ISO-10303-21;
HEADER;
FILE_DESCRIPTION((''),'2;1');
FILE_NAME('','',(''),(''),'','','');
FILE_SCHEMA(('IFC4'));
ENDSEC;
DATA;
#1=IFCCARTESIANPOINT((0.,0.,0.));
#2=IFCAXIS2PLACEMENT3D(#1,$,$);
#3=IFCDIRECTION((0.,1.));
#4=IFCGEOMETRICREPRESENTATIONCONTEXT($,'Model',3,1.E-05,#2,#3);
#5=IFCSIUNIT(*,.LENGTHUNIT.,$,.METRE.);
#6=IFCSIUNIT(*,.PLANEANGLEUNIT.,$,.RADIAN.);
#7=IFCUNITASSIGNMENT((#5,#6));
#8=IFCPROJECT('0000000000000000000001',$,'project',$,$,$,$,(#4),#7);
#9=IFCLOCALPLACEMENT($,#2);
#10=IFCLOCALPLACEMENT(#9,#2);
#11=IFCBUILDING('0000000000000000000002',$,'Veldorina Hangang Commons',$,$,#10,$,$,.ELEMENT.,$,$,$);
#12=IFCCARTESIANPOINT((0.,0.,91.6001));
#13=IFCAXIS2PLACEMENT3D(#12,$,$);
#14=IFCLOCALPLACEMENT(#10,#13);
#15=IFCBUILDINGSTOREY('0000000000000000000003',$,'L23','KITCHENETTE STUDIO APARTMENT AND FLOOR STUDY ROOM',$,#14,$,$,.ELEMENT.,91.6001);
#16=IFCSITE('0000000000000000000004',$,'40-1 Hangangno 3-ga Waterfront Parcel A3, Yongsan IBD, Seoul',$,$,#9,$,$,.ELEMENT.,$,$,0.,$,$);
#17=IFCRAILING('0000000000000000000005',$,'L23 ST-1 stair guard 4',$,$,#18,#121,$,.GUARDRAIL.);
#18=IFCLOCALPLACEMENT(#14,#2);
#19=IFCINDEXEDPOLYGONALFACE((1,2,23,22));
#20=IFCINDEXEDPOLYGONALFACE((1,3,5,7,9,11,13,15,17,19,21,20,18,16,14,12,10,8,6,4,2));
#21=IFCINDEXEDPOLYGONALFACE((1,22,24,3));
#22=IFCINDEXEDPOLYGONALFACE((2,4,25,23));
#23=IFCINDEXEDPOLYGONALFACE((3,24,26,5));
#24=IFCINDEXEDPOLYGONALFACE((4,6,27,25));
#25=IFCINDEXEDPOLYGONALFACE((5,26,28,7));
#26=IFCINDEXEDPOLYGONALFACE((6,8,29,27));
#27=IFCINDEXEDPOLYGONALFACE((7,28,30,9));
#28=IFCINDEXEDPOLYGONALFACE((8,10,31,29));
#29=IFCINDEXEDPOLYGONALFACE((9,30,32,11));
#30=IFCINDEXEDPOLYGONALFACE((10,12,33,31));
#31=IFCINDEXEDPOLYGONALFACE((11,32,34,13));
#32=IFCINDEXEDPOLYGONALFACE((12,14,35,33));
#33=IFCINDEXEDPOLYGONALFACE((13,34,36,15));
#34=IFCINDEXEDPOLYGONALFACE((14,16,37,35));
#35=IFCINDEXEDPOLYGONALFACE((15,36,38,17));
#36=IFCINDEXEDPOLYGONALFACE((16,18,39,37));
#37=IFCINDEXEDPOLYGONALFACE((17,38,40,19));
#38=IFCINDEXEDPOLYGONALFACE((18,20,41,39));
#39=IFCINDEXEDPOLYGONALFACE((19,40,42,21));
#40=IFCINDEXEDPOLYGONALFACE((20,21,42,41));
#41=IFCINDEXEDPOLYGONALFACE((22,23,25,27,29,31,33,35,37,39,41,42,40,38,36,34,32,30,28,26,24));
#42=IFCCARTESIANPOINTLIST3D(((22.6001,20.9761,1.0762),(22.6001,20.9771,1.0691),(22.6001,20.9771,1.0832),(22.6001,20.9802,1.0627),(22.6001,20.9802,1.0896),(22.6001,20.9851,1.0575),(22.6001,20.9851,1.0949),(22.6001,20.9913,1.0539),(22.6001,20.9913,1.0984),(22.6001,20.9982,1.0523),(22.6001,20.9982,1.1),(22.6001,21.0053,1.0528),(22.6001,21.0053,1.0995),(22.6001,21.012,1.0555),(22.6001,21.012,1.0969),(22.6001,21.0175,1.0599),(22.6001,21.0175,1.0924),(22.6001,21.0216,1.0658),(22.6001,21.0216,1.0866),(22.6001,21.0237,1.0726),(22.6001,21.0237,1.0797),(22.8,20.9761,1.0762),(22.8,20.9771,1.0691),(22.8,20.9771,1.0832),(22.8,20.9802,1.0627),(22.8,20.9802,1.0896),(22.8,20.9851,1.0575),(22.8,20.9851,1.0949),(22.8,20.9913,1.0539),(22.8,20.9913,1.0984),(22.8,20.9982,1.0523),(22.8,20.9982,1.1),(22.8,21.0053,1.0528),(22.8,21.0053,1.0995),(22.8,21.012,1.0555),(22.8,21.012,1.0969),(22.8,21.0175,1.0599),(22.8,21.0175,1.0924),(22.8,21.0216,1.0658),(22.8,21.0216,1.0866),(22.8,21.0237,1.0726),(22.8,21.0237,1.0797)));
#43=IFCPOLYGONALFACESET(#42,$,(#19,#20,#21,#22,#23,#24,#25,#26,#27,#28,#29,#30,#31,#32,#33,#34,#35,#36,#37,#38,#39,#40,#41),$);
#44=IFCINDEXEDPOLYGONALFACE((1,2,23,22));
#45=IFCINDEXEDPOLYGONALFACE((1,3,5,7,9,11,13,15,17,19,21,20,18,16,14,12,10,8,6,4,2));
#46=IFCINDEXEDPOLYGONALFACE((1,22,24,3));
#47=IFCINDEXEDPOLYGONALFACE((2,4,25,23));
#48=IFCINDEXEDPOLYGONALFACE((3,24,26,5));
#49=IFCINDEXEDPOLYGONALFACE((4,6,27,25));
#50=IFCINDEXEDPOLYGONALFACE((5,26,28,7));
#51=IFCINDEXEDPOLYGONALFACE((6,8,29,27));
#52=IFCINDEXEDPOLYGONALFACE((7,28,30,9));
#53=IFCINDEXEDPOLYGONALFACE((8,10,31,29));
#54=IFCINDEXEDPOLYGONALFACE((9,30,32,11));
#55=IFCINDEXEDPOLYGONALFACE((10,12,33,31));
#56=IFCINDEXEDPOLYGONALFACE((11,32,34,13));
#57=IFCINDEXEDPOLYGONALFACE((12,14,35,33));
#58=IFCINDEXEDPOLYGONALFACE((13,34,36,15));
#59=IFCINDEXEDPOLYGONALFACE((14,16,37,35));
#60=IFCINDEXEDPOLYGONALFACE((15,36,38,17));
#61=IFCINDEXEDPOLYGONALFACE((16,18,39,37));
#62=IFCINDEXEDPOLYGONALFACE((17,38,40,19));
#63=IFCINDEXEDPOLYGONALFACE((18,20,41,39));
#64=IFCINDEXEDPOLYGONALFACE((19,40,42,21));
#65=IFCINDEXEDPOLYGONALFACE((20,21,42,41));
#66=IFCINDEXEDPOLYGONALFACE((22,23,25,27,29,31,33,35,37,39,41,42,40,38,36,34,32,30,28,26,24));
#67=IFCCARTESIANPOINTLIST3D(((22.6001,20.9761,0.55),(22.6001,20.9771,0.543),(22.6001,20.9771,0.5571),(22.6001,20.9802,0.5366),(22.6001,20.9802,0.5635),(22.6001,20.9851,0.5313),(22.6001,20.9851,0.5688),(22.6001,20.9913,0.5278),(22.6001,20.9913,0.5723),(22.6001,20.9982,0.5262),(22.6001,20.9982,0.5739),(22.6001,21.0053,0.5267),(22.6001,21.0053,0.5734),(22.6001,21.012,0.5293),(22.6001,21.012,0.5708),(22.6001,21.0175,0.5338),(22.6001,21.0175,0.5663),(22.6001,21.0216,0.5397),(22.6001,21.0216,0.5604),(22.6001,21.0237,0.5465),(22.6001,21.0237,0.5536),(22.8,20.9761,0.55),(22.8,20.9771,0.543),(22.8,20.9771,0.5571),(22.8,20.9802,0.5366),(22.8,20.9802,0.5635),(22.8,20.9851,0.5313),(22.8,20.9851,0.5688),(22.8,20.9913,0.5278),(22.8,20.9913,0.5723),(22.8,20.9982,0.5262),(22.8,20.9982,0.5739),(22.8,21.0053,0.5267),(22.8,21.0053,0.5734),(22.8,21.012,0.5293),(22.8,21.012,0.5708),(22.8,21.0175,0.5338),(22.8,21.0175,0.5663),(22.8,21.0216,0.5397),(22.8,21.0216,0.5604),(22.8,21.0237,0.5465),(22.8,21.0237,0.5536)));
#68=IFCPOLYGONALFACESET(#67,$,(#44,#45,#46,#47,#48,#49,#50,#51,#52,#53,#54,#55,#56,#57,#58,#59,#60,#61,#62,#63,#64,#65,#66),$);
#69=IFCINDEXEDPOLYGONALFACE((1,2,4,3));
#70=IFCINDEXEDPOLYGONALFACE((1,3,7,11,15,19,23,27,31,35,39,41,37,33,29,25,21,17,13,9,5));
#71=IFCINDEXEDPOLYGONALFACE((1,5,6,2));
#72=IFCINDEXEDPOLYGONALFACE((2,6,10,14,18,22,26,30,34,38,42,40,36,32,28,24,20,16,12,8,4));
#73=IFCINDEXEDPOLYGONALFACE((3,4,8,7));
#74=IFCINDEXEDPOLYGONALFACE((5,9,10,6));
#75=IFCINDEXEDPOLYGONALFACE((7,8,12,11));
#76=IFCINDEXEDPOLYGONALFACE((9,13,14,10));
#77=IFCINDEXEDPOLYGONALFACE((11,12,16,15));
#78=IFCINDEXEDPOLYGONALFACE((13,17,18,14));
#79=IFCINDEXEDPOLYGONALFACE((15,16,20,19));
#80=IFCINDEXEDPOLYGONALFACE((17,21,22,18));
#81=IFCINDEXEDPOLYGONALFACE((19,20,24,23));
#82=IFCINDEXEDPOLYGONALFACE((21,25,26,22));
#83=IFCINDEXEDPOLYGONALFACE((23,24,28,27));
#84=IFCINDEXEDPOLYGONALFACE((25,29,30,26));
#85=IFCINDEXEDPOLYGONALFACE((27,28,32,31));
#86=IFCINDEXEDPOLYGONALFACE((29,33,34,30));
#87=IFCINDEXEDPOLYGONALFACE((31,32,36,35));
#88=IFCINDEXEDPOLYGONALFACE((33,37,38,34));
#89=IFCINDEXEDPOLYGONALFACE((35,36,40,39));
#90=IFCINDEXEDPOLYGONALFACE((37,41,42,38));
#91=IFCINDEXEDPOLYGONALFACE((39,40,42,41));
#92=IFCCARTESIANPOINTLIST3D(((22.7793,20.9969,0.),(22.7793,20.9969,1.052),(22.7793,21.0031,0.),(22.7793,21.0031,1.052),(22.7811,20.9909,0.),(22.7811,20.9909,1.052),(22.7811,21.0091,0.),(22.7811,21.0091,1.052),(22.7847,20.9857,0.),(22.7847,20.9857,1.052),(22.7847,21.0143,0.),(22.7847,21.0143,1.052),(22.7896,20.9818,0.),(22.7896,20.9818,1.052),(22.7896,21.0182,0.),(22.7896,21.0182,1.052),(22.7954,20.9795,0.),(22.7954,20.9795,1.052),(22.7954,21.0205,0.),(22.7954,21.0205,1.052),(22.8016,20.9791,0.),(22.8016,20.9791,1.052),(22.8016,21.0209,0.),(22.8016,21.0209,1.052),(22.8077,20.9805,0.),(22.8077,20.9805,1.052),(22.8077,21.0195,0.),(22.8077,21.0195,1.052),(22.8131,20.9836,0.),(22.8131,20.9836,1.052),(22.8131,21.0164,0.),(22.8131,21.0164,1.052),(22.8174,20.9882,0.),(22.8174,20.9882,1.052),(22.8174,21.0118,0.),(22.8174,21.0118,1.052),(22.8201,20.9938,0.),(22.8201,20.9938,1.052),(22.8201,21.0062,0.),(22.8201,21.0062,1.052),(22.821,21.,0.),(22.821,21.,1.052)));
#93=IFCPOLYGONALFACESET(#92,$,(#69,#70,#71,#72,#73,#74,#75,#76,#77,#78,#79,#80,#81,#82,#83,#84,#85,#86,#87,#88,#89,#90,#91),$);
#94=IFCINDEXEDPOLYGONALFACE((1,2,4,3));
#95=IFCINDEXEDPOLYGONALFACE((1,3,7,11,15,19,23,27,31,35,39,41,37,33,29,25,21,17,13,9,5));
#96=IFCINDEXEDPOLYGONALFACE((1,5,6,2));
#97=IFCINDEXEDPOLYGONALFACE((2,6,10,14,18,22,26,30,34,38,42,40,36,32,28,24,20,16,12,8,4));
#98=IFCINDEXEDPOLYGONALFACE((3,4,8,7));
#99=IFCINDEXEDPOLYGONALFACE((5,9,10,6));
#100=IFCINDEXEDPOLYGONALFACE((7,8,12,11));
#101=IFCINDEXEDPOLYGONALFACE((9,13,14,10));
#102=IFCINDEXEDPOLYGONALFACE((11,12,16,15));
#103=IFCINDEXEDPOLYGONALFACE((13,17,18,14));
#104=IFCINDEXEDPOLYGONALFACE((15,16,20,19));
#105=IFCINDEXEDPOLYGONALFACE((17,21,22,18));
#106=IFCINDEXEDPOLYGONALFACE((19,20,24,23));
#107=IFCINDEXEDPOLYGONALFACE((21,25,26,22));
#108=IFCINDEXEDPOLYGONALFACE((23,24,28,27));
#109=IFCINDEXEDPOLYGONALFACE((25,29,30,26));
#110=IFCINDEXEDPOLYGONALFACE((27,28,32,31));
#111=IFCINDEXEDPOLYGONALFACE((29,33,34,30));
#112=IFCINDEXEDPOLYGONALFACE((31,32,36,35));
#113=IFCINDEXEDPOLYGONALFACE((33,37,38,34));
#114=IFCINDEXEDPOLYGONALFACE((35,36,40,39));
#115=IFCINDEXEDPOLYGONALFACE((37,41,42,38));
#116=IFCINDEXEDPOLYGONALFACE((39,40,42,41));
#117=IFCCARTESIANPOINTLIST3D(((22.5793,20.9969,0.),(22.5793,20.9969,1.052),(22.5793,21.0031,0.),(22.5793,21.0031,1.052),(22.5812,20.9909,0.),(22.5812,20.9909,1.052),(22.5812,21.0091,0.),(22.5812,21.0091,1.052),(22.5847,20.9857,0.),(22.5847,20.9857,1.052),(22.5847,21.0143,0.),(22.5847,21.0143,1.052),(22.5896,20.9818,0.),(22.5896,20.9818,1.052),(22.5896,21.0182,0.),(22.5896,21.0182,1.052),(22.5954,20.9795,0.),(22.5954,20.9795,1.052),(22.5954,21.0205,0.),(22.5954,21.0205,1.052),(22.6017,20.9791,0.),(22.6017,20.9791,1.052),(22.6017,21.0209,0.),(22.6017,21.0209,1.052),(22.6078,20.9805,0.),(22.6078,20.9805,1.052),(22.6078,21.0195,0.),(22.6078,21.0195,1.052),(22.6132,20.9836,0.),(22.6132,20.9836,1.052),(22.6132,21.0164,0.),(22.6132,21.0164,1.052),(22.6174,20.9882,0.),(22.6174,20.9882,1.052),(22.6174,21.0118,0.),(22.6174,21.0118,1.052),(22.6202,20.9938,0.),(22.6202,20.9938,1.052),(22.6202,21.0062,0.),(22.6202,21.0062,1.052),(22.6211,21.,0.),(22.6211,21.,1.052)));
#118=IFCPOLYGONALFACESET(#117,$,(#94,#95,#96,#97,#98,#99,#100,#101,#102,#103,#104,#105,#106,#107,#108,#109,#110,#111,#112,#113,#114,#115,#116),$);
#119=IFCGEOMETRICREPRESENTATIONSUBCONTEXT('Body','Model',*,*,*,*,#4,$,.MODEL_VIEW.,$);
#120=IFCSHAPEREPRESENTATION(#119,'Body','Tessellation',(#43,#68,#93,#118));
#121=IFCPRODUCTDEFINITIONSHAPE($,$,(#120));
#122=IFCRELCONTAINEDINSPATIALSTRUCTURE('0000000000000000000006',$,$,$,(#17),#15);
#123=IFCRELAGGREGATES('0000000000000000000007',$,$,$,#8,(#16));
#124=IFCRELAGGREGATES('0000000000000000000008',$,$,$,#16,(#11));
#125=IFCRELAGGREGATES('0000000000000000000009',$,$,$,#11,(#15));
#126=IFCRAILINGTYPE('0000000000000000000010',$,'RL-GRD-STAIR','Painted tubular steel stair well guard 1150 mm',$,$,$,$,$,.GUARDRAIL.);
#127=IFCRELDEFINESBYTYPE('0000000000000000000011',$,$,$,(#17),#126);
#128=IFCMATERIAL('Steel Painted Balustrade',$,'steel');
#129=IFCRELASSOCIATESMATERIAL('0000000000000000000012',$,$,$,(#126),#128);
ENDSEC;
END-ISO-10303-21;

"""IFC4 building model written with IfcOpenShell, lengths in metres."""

from ifc_helpers import new_model, si_unit, direction, frame, origin, origin_2d, place, context, subcontext, project, spatial, circle, extrude, material, type_object, element, save


model = new_model("IFC4")

# Units and contexts
model_context = context("Model", 3, precision=1e-05, world=origin(), true_north=direction((0.0, 1.0)))
body_context = subcontext(model_context, "Body", "Model", "MODEL_VIEW")
ifc_project = project(units=[si_unit("LENGTHUNIT", "METRE"), si_unit("PLANEANGLEUNIT", "RADIAN")], contexts=[model_context])

# Site, building, storey
site_placement = place(None, origin())
site = spatial("IfcSite", under=ifc_project, at=site_placement, Name="40-1 Hangangno 3-ga Waterfront Parcel A3, Yongsan IBD, Seoul", CompositionType="ELEMENT", RefElevation=0.0)
building_placement = place(site_placement, origin())
building = spatial("IfcBuilding", under=site, at=building_placement, Name="Veldorina Hangang Commons", CompositionType="ELEMENT")
storey_placement = place(building_placement, frame((0.0, 0.0, 91.6001)))
storey = spatial("IfcBuildingStorey", under=building, at=storey_placement, Name="L23", Description="KITCHENETTE STUDIO APARTMENT AND FLOOR STUDY ROOM", CompositionType="ELEMENT", Elevation=91.6001)

# Railing
ifc_material_1 = material(Name="Steel Painted Balustrade", Category="steel")
railing_type_1 = type_object("IfcRailingType", Name="RL-GRD-STAIR", Description="Painted tubular steel stair well guard 1150 mm", PredefinedType="GUARDRAIL", material=ifc_material_1)
railing_1_placement = place(storey_placement, frame((22.8, 21.0, 0.0)))
element("IfcRailing", 1, at=railing_1_placement, inside=storey, type_object=railing_type_1, Name="L23 ST-1 stair guard 4", PredefinedType="GUARDRAIL", context=body_context, shape_type="SweptSolid", body=[
    extrude(circle(Radius=0.0239, at=origin_2d()), frame((0.0, 0.0, 1.0762), z_axis=(-1.0, 0.0, 0.0), x_axis=(0.0, -1.0, 0.0)), (0.0, 0.0, 1.0), 0.2),
    extrude(circle(Radius=0.0239, at=origin_2d()), frame((0.0, 0.0, 0.55), z_axis=(-1.0, 0.0, 0.0), x_axis=(0.0, -1.0, 0.0)), (0.0, 0.0, 1.0), 0.2),
    extrude(circle(Radius=0.021, at=origin_2d()), origin(), (0.0, 0.0, 1.0), 1.052),
    extrude(circle(Radius=0.021, at=origin_2d()), frame((-0.2, 0.0, 0.0)), (0.0, 0.0, 1.0), 1.052),
])

save(model, "model.ifc")
